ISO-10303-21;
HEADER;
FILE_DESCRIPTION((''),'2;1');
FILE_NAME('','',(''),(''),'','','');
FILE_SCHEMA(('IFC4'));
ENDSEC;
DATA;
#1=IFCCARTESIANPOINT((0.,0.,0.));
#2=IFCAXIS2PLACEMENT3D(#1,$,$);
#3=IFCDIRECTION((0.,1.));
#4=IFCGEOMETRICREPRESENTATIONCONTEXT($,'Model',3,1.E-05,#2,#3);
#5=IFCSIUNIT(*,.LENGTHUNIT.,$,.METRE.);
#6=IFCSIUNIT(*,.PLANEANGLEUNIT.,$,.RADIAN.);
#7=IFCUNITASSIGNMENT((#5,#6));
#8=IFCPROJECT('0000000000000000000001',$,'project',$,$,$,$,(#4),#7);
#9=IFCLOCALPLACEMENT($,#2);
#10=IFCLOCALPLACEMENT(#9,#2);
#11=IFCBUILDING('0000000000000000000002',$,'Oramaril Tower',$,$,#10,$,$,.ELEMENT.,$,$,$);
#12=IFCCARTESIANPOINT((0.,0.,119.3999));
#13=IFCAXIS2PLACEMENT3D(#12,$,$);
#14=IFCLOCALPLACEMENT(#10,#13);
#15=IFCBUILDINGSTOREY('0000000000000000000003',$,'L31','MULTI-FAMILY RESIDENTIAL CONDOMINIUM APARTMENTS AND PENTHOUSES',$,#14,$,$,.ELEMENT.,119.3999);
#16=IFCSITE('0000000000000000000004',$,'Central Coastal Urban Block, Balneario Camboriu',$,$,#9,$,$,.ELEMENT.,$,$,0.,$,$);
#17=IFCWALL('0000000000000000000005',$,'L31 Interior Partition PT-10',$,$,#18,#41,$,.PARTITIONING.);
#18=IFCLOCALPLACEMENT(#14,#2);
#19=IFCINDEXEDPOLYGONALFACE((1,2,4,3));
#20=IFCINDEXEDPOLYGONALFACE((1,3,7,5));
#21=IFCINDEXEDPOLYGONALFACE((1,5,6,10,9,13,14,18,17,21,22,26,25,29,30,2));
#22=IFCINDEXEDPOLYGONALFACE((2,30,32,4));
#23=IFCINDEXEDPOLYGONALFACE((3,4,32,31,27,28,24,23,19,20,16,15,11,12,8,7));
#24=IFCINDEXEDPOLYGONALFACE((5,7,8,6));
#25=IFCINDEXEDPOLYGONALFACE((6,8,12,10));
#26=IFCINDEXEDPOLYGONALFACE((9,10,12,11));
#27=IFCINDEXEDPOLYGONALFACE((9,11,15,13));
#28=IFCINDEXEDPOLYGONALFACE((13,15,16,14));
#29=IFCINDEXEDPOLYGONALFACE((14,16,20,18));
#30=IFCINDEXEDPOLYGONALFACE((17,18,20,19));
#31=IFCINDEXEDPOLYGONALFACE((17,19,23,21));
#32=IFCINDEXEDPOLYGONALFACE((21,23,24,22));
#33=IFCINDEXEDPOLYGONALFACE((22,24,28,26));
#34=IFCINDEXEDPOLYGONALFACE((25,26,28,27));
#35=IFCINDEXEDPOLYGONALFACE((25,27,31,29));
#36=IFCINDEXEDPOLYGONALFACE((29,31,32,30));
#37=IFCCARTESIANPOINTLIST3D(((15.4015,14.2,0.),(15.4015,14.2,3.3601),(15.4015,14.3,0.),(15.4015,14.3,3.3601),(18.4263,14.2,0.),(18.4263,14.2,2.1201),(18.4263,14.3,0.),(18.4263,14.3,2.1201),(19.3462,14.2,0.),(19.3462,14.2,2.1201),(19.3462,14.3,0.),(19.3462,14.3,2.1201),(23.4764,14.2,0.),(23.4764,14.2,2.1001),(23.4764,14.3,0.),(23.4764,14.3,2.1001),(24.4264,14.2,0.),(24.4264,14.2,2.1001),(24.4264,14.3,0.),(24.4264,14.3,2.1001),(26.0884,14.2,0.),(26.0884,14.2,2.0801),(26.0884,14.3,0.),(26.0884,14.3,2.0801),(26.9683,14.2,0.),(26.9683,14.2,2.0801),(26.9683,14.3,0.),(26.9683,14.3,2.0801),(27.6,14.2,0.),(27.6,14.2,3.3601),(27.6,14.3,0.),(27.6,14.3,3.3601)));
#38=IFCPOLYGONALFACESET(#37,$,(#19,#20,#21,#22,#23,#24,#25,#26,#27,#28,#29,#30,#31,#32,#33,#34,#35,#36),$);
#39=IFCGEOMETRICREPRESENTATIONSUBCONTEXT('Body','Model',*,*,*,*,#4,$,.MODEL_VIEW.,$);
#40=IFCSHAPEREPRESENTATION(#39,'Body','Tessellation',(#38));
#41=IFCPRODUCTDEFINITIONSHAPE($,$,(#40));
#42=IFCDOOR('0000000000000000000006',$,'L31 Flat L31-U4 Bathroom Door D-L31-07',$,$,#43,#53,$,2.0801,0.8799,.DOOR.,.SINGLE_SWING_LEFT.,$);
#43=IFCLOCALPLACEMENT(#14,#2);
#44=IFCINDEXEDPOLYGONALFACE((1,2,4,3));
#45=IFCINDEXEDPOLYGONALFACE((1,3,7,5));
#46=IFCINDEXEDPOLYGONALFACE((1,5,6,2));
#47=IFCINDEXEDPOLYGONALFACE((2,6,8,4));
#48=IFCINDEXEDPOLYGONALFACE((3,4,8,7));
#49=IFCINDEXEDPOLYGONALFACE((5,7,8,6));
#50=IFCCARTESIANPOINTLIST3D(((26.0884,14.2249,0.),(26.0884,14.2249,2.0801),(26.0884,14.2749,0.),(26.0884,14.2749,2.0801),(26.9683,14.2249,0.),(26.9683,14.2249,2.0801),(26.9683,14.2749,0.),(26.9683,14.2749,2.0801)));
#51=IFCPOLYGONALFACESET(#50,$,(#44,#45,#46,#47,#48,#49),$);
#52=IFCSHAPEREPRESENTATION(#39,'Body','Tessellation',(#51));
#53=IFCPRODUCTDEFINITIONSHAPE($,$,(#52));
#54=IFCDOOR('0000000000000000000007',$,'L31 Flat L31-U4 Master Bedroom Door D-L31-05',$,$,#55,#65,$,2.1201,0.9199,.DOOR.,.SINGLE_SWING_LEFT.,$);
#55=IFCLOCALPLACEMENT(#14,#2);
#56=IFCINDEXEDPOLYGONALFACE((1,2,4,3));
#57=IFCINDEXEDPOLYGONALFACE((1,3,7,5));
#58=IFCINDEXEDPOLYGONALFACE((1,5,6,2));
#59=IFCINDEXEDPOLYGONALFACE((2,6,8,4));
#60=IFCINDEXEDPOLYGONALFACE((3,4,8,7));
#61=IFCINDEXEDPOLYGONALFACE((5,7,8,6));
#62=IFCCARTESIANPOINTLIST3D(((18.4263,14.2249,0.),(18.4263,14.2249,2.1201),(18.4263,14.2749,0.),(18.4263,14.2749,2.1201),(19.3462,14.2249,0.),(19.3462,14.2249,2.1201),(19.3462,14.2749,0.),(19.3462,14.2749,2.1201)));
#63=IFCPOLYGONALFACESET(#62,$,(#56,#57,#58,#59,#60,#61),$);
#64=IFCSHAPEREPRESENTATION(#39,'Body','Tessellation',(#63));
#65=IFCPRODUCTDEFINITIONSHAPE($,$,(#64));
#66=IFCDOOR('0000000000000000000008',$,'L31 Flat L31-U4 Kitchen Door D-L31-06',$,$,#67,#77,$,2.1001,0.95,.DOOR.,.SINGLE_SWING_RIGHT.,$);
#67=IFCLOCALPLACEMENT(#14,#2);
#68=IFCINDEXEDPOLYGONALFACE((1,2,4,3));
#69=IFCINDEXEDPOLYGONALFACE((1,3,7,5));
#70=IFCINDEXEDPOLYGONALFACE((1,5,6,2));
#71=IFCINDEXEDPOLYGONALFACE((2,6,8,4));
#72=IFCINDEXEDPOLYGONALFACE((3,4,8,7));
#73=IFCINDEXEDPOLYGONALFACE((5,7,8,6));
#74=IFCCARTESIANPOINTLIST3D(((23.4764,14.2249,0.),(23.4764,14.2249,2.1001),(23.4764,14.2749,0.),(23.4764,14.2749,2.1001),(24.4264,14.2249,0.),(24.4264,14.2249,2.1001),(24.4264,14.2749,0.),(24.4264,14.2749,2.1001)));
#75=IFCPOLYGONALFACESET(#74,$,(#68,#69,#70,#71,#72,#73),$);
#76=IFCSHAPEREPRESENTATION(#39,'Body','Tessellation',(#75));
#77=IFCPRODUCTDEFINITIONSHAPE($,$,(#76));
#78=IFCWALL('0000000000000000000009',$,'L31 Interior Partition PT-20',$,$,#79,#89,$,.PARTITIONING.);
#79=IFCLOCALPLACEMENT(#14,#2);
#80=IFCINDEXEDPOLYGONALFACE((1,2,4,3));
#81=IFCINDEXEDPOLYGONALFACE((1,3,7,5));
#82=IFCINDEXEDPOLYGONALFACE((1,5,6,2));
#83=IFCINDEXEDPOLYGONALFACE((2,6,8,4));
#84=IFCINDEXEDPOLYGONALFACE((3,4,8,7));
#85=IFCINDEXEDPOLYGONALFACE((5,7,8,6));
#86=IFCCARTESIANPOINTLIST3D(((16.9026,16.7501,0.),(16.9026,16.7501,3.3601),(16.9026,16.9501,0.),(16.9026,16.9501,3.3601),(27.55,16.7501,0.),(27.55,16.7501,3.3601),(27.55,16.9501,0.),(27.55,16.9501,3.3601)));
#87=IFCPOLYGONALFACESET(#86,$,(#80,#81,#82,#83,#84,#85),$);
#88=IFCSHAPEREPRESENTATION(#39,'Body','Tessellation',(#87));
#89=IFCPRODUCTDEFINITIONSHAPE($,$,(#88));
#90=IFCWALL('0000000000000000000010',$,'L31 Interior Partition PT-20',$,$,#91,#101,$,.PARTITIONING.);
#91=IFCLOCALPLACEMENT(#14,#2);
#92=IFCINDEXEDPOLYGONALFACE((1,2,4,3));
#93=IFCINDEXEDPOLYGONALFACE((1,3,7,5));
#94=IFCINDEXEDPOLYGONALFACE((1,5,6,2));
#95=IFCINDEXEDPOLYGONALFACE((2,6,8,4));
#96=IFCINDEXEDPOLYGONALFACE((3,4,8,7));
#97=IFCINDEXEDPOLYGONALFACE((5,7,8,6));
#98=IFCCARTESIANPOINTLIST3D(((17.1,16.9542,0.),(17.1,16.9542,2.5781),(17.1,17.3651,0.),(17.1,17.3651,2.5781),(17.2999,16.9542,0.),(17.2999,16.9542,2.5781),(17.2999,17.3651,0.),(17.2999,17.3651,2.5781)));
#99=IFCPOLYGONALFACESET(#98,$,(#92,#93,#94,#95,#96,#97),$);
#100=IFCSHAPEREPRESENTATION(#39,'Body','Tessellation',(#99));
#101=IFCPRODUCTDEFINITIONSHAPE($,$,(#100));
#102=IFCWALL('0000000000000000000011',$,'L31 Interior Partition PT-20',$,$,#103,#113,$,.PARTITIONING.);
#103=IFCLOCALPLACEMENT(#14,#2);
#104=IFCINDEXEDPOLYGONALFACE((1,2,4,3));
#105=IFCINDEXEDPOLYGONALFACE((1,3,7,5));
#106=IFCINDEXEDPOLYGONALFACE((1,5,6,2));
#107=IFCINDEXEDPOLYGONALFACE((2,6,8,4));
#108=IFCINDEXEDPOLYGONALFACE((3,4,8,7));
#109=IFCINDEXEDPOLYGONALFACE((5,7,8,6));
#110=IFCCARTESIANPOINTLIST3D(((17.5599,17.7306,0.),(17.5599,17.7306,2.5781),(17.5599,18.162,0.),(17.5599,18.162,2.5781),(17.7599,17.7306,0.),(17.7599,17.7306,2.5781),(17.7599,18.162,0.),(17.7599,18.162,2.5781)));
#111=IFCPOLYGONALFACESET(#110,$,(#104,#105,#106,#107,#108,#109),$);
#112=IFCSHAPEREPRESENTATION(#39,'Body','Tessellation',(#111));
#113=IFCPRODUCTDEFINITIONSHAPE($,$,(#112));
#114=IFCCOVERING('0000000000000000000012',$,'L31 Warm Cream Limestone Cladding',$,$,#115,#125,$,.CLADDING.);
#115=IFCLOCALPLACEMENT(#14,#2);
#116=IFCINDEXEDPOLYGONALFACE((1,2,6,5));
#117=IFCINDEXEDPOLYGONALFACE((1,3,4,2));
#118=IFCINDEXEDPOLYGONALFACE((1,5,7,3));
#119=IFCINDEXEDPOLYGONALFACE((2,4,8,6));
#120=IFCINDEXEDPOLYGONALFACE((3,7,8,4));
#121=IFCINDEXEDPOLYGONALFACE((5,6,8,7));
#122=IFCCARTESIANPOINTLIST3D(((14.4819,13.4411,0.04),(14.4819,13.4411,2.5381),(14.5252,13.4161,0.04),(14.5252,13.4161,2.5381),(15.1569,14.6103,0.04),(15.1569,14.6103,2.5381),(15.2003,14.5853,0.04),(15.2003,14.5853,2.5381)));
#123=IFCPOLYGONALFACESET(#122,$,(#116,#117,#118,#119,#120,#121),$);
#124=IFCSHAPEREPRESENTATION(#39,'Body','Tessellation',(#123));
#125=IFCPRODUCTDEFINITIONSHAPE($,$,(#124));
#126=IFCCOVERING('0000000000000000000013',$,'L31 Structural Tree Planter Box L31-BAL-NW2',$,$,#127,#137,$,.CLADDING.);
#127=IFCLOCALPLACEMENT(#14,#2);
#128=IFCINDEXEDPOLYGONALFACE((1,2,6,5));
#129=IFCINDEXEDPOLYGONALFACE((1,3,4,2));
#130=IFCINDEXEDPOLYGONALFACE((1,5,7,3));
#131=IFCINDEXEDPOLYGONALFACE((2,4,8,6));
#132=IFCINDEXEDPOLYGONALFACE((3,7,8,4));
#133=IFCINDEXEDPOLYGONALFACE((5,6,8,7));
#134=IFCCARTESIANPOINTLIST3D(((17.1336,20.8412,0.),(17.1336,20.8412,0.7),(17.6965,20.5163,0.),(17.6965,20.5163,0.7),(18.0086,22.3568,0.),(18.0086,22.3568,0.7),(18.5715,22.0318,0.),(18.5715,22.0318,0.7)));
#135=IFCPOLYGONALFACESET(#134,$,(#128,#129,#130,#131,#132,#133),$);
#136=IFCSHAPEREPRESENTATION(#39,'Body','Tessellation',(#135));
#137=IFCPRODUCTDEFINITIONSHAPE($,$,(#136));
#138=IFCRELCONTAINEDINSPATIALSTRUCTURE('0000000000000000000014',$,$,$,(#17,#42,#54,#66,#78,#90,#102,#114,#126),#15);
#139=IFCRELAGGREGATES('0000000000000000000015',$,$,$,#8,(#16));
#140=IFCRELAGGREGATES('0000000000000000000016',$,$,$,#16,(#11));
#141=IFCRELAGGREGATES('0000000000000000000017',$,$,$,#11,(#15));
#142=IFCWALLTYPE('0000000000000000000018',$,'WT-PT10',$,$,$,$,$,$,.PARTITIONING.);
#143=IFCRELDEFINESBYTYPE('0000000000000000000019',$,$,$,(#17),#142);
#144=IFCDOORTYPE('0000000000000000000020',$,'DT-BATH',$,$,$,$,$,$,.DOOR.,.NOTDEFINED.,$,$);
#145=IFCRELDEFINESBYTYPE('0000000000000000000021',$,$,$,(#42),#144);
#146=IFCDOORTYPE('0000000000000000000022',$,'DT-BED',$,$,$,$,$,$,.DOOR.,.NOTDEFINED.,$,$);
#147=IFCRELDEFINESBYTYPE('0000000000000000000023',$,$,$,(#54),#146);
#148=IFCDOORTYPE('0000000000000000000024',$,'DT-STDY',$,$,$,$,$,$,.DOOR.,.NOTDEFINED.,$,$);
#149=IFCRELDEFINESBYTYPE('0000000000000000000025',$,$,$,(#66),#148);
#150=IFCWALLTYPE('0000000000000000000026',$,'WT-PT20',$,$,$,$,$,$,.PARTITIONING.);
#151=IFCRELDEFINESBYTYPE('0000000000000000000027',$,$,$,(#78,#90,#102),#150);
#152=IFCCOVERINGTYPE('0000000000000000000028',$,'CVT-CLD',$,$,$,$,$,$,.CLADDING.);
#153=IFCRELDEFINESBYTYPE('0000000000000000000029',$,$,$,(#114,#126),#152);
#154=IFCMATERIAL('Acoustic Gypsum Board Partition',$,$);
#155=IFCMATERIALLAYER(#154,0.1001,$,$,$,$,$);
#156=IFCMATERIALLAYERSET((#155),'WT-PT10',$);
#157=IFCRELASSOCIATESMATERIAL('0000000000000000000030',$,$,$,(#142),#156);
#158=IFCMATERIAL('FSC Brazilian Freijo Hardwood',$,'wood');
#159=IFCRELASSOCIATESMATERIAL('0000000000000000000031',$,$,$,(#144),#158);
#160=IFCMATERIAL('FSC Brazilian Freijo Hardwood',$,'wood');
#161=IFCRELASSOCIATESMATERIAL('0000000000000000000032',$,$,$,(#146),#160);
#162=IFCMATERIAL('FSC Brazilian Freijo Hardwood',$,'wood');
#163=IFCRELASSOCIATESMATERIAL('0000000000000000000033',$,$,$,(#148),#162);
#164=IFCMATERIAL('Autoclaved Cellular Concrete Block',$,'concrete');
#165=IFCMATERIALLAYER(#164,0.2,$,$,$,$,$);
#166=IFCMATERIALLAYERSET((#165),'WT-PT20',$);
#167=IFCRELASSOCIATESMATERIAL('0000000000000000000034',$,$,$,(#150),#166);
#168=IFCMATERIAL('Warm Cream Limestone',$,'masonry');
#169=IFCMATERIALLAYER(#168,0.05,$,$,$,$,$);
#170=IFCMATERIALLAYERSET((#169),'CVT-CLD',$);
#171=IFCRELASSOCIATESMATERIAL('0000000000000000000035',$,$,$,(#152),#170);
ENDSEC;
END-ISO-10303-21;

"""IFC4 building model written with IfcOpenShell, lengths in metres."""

from ifc_helpers import new_model, si_unit, direction, frame, frame_2d, origin, origin_2d, place, context, subcontext, project, spatial, rectangle, extrude, material, layer, layer_set, type_object, element, fill, save


model = new_model("IFC4")

# Units and contexts
model_context = context("Model", 3, precision=1e-05, world=origin(), true_north=direction((0.0, 1.0)))
body_context = subcontext(model_context, "Body", "Model", "MODEL_VIEW")
ifc_project = project(units=[si_unit("LENGTHUNIT", "METRE"), si_unit("PLANEANGLEUNIT", "RADIAN")], contexts=[model_context])

# Site, building, storey
site_placement = place(None, origin())
site = spatial("IfcSite", under=ifc_project, at=site_placement, Name="Central Coastal Urban Block, Balneario Camboriu", CompositionType="ELEMENT", RefElevation=0.0)
building_placement = place(site_placement, origin())
building = spatial("IfcBuilding", under=site, at=building_placement, Name="Oramaril Tower", CompositionType="ELEMENT")
storey_placement = place(building_placement, frame((0.0, 0.0, 119.3999)))
storey = spatial("IfcBuildingStorey", under=building, at=storey_placement, Name="L31", Description="MULTI-FAMILY RESIDENTIAL CONDOMINIUM APARTMENTS AND PENTHOUSES", CompositionType="ELEMENT", Elevation=119.3999)

# Wall, openings, doors
ifc_material_1 = material(Name="Acoustic Gypsum Board Partition")
ifc_layer_1 = layer(ifc_material_1, 0.1001)
ifc_layer_set_1 = layer_set([ifc_layer_1], Name="WT-PT10")
wall_type_1 = type_object("IfcWallType", Name="WT-PT10", PredefinedType="PARTITIONING", material=ifc_layer_set_1)
wall_1_placement = place(storey_placement, frame((15.4016, 14.25, 0.0), z_axis=(0.0, 0.0, 1.0), x_axis=(1.0, 0.0, 0.0)))
wall_1 = element("IfcWall", 1, at=wall_1_placement, inside=storey, type_object=wall_type_1, Name="L31 Interior Partition PT-10", PredefinedType="PARTITIONING", context=body_context, shape_type="SweptSolid", body=[
    extrude(rectangle(XDim=12.1985, YDim=0.1001, at=frame_2d((6.0991, 0.0))), origin(), (0.0, 0.0, 1.0), 3.3601),
])
opening_1_placement = place(wall_1_placement, frame((3.0247, 0.0, 0.0)))
opening_1 = element("IfcOpeningElement", 2, at=opening_1_placement, cuts=wall_1, PredefinedType="OPENING", context=body_context, shape_type="SweptSolid", body=[
    extrude(rectangle(XDim=0.9199, YDim=2.1201, at=frame_2d((0.46, 1.0601))), frame((0.0, 0.05, 0.0), z_axis=(0.0, -1.0, 0.0), x_axis=(1.0, 0.0, 0.0)), (0.0, 0.0, 1.0), 0.1001),
])
opening_2_placement = place(wall_1_placement, frame((8.0747, 0.0, 0.0)))
opening_2 = element("IfcOpeningElement", 3, at=opening_2_placement, cuts=wall_1, PredefinedType="OPENING", context=body_context, shape_type="SweptSolid", body=[
    extrude(rectangle(XDim=0.95, YDim=2.1001, at=frame_2d((0.4751, 1.05))), frame((0.0, 0.05, 0.0), z_axis=(0.0, -1.0, 0.0), x_axis=(1.0, 0.0, 0.0)), (0.0, 0.0, 1.0), 0.1001),
])
opening_3_placement = place(wall_1_placement, frame((10.6868, 0.0, 0.0)))
opening_3 = element("IfcOpeningElement", 4, at=opening_3_placement, cuts=wall_1, PredefinedType="OPENING", context=body_context, shape_type="SweptSolid", body=[
    extrude(rectangle(XDim=0.8799, YDim=2.0801, at=frame_2d((0.4399, 1.04))), frame((0.0, 0.05, 0.0), z_axis=(0.0, -1.0, 0.0), x_axis=(1.0, 0.0, 0.0)), (0.0, 0.0, 1.0), 0.1001),
])
ifc_material_2 = material(Name="FSC Brazilian Freijo Hardwood", Category="wood")
door_type_1 = type_object("IfcDoorType", Name="DT-BATH", OperationType="NOTDEFINED", PredefinedType="DOOR", material=ifc_material_2)
door_1_placement = place(opening_3_placement, origin())
door_1 = element("IfcDoor", 5, at=door_1_placement, inside=storey, type_object=door_type_1, Name="L31 Flat L31-U4 Bathroom Door D-L31-07", OperationType="SINGLE_SWING_LEFT", OverallHeight=2.0801, OverallWidth=0.8799, PredefinedType="DOOR", context=body_context, shape_type="SweptSolid", body=[
    extrude(rectangle(XDim=0.8799, YDim=2.0801, at=frame_2d((0.4399, 1.04))), frame((0.0, 0.0249, 0.0), z_axis=(0.0, -1.0, 0.0), x_axis=(1.0, 0.0, 0.0)), (0.0, 0.0, 1.0), 0.05),
])
fill(opening_3, door_1)
ifc_material_3 = material(Name="FSC Brazilian Freijo Hardwood", Category="wood")
door_type_2 = type_object("IfcDoorType", Name="DT-BED", OperationType="NOTDEFINED", PredefinedType="DOOR", material=ifc_material_3)
door_2_placement = place(opening_1_placement, origin())
door_2 = element("IfcDoor", 6, at=door_2_placement, inside=storey, type_object=door_type_2, Name="L31 Flat L31-U4 Master Bedroom Door D-L31-05", OperationType="SINGLE_SWING_LEFT", OverallHeight=2.1201, OverallWidth=0.9199, PredefinedType="DOOR", context=body_context, shape_type="SweptSolid", body=[
    extrude(rectangle(XDim=0.9199, YDim=2.1201, at=frame_2d((0.46, 1.0601))), frame((0.0, 0.0249, 0.0), z_axis=(0.0, -1.0, 0.0), x_axis=(1.0, 0.0, 0.0)), (0.0, 0.0, 1.0), 0.05),
])
fill(opening_1, door_2)
ifc_material_4 = material(Name="FSC Brazilian Freijo Hardwood", Category="wood")
door_type_3 = type_object("IfcDoorType", Name="DT-STDY", OperationType="NOTDEFINED", PredefinedType="DOOR", material=ifc_material_4)
door_3_placement = place(opening_2_placement, origin())
door_3 = element("IfcDoor", 7, at=door_3_placement, inside=storey, type_object=door_type_3, Name="L31 Flat L31-U4 Kitchen Door D-L31-06", OperationType="SINGLE_SWING_RIGHT", OverallHeight=2.1001, OverallWidth=0.95, PredefinedType="DOOR", context=body_context, shape_type="SweptSolid", body=[
    extrude(rectangle(XDim=0.95, YDim=2.1001, at=frame_2d((0.4751, 1.05))), frame((0.0, 0.0249, 0.0), z_axis=(0.0, -1.0, 0.0), x_axis=(1.0, 0.0, 0.0)), (0.0, 0.0, 1.0), 0.05),
])
fill(opening_2, door_3)

# Wall
ifc_material_5 = material(Name="Autoclaved Cellular Concrete Block", Category="concrete")
ifc_layer_2 = layer(ifc_material_5, 0.2)
ifc_layer_set_2 = layer_set([ifc_layer_2], Name="WT-PT20")
wall_type_2 = type_object("IfcWallType", Name="WT-PT20", PredefinedType="PARTITIONING", material=ifc_layer_set_2)
wall_2_placement = place(storey_placement, frame((16.9026, 16.8501, 0.0), z_axis=(0.0, 0.0, 1.0), x_axis=(1.0, 0.0, 0.0)))
element("IfcWall", 8, at=wall_2_placement, inside=storey, type_object=wall_type_2, Name="L31 Interior Partition PT-20", PredefinedType="PARTITIONING", context=body_context, shape_type="SweptSolid", body=[
    extrude(rectangle(XDim=10.6475, YDim=0.2, at=frame_2d((5.3237, 0.0))), origin(), (0.0, 0.0, 1.0), 3.3601),
])

# Walls
wall_3_placement = place(storey_placement, frame((17.2, 16.9541, 0.0), z_axis=(0.0, 0.0, 1.0), x_axis=(0.0, 1.0, 0.0)))
element("IfcWall", 9, at=wall_3_placement, inside=storey, type_object=wall_type_2, Name="L31 Interior Partition PT-20", PredefinedType="PARTITIONING", context=body_context, shape_type="SweptSolid", body=[
    extrude(rectangle(XDim=0.4109, YDim=0.2, at=frame_2d((0.2056, 0.0))), origin(), (0.0, 0.0, 1.0), 2.5781),
])
wall_4_placement = place(storey_placement, frame((17.6599, 17.7305, 0.0), z_axis=(0.0, 0.0, 1.0), x_axis=(0.0, 1.0, 0.0)))
element("IfcWall", 10, at=wall_4_placement, inside=storey, type_object=wall_type_2, Name="L31 Interior Partition PT-20", PredefinedType="PARTITIONING", context=body_context, shape_type="SweptSolid", body=[
    extrude(rectangle(XDim=0.4314, YDim=0.2, at=frame_2d((0.2158, 0.0))), origin(), (0.0, 0.0, 1.0), 2.5781),
])

# Coverings
ifc_material_6 = material(Name="Warm Cream Limestone", Category="masonry")
ifc_layer_3 = layer(ifc_material_6, 0.05)
ifc_layer_set_3 = layer_set([ifc_layer_3], Name="CVT-CLD")
covering_type = type_object("IfcCoveringType", Name="CVT-CLD", PredefinedType="CLADDING", material=ifc_layer_set_3)
covering_1_placement = place(storey_placement, frame((14.8411, 14.0132, 0.04), z_axis=(0.0, 0.0, 1.0), x_axis=(-0.5, -0.866025, 0.0)))
element("IfcCovering", 11, at=covering_1_placement, inside=storey, type_object=covering_type, Name="L31 Warm Cream Limestone Cladding", PredefinedType="CLADDING", context=body_context, shape_type="SweptSolid", body=[
    extrude(rectangle(XDim=1.3501, YDim=0.05, at=origin_2d()), origin(), (0.0, 0.0, 1.0), 2.498),
])
covering_2_placement = place(storey_placement, frame((17.8525, 21.4365, 0.0), z_axis=(0.0, 0.0, 1.0), x_axis=(-0.5, -0.866025, 0.0)))
element("IfcCovering", 12, at=covering_2_placement, inside=storey, type_object=covering_type, Name="L31 Structural Tree Planter Box L31-BAL-NW2", PredefinedType="CLADDING", context=body_context, shape_type="SweptSolid", body=[
    extrude(rectangle(XDim=1.75, YDim=0.6499, at=origin_2d()), origin(), (0.0, 0.0, 1.0), 0.7),
])

save(model, "model.ifc")
